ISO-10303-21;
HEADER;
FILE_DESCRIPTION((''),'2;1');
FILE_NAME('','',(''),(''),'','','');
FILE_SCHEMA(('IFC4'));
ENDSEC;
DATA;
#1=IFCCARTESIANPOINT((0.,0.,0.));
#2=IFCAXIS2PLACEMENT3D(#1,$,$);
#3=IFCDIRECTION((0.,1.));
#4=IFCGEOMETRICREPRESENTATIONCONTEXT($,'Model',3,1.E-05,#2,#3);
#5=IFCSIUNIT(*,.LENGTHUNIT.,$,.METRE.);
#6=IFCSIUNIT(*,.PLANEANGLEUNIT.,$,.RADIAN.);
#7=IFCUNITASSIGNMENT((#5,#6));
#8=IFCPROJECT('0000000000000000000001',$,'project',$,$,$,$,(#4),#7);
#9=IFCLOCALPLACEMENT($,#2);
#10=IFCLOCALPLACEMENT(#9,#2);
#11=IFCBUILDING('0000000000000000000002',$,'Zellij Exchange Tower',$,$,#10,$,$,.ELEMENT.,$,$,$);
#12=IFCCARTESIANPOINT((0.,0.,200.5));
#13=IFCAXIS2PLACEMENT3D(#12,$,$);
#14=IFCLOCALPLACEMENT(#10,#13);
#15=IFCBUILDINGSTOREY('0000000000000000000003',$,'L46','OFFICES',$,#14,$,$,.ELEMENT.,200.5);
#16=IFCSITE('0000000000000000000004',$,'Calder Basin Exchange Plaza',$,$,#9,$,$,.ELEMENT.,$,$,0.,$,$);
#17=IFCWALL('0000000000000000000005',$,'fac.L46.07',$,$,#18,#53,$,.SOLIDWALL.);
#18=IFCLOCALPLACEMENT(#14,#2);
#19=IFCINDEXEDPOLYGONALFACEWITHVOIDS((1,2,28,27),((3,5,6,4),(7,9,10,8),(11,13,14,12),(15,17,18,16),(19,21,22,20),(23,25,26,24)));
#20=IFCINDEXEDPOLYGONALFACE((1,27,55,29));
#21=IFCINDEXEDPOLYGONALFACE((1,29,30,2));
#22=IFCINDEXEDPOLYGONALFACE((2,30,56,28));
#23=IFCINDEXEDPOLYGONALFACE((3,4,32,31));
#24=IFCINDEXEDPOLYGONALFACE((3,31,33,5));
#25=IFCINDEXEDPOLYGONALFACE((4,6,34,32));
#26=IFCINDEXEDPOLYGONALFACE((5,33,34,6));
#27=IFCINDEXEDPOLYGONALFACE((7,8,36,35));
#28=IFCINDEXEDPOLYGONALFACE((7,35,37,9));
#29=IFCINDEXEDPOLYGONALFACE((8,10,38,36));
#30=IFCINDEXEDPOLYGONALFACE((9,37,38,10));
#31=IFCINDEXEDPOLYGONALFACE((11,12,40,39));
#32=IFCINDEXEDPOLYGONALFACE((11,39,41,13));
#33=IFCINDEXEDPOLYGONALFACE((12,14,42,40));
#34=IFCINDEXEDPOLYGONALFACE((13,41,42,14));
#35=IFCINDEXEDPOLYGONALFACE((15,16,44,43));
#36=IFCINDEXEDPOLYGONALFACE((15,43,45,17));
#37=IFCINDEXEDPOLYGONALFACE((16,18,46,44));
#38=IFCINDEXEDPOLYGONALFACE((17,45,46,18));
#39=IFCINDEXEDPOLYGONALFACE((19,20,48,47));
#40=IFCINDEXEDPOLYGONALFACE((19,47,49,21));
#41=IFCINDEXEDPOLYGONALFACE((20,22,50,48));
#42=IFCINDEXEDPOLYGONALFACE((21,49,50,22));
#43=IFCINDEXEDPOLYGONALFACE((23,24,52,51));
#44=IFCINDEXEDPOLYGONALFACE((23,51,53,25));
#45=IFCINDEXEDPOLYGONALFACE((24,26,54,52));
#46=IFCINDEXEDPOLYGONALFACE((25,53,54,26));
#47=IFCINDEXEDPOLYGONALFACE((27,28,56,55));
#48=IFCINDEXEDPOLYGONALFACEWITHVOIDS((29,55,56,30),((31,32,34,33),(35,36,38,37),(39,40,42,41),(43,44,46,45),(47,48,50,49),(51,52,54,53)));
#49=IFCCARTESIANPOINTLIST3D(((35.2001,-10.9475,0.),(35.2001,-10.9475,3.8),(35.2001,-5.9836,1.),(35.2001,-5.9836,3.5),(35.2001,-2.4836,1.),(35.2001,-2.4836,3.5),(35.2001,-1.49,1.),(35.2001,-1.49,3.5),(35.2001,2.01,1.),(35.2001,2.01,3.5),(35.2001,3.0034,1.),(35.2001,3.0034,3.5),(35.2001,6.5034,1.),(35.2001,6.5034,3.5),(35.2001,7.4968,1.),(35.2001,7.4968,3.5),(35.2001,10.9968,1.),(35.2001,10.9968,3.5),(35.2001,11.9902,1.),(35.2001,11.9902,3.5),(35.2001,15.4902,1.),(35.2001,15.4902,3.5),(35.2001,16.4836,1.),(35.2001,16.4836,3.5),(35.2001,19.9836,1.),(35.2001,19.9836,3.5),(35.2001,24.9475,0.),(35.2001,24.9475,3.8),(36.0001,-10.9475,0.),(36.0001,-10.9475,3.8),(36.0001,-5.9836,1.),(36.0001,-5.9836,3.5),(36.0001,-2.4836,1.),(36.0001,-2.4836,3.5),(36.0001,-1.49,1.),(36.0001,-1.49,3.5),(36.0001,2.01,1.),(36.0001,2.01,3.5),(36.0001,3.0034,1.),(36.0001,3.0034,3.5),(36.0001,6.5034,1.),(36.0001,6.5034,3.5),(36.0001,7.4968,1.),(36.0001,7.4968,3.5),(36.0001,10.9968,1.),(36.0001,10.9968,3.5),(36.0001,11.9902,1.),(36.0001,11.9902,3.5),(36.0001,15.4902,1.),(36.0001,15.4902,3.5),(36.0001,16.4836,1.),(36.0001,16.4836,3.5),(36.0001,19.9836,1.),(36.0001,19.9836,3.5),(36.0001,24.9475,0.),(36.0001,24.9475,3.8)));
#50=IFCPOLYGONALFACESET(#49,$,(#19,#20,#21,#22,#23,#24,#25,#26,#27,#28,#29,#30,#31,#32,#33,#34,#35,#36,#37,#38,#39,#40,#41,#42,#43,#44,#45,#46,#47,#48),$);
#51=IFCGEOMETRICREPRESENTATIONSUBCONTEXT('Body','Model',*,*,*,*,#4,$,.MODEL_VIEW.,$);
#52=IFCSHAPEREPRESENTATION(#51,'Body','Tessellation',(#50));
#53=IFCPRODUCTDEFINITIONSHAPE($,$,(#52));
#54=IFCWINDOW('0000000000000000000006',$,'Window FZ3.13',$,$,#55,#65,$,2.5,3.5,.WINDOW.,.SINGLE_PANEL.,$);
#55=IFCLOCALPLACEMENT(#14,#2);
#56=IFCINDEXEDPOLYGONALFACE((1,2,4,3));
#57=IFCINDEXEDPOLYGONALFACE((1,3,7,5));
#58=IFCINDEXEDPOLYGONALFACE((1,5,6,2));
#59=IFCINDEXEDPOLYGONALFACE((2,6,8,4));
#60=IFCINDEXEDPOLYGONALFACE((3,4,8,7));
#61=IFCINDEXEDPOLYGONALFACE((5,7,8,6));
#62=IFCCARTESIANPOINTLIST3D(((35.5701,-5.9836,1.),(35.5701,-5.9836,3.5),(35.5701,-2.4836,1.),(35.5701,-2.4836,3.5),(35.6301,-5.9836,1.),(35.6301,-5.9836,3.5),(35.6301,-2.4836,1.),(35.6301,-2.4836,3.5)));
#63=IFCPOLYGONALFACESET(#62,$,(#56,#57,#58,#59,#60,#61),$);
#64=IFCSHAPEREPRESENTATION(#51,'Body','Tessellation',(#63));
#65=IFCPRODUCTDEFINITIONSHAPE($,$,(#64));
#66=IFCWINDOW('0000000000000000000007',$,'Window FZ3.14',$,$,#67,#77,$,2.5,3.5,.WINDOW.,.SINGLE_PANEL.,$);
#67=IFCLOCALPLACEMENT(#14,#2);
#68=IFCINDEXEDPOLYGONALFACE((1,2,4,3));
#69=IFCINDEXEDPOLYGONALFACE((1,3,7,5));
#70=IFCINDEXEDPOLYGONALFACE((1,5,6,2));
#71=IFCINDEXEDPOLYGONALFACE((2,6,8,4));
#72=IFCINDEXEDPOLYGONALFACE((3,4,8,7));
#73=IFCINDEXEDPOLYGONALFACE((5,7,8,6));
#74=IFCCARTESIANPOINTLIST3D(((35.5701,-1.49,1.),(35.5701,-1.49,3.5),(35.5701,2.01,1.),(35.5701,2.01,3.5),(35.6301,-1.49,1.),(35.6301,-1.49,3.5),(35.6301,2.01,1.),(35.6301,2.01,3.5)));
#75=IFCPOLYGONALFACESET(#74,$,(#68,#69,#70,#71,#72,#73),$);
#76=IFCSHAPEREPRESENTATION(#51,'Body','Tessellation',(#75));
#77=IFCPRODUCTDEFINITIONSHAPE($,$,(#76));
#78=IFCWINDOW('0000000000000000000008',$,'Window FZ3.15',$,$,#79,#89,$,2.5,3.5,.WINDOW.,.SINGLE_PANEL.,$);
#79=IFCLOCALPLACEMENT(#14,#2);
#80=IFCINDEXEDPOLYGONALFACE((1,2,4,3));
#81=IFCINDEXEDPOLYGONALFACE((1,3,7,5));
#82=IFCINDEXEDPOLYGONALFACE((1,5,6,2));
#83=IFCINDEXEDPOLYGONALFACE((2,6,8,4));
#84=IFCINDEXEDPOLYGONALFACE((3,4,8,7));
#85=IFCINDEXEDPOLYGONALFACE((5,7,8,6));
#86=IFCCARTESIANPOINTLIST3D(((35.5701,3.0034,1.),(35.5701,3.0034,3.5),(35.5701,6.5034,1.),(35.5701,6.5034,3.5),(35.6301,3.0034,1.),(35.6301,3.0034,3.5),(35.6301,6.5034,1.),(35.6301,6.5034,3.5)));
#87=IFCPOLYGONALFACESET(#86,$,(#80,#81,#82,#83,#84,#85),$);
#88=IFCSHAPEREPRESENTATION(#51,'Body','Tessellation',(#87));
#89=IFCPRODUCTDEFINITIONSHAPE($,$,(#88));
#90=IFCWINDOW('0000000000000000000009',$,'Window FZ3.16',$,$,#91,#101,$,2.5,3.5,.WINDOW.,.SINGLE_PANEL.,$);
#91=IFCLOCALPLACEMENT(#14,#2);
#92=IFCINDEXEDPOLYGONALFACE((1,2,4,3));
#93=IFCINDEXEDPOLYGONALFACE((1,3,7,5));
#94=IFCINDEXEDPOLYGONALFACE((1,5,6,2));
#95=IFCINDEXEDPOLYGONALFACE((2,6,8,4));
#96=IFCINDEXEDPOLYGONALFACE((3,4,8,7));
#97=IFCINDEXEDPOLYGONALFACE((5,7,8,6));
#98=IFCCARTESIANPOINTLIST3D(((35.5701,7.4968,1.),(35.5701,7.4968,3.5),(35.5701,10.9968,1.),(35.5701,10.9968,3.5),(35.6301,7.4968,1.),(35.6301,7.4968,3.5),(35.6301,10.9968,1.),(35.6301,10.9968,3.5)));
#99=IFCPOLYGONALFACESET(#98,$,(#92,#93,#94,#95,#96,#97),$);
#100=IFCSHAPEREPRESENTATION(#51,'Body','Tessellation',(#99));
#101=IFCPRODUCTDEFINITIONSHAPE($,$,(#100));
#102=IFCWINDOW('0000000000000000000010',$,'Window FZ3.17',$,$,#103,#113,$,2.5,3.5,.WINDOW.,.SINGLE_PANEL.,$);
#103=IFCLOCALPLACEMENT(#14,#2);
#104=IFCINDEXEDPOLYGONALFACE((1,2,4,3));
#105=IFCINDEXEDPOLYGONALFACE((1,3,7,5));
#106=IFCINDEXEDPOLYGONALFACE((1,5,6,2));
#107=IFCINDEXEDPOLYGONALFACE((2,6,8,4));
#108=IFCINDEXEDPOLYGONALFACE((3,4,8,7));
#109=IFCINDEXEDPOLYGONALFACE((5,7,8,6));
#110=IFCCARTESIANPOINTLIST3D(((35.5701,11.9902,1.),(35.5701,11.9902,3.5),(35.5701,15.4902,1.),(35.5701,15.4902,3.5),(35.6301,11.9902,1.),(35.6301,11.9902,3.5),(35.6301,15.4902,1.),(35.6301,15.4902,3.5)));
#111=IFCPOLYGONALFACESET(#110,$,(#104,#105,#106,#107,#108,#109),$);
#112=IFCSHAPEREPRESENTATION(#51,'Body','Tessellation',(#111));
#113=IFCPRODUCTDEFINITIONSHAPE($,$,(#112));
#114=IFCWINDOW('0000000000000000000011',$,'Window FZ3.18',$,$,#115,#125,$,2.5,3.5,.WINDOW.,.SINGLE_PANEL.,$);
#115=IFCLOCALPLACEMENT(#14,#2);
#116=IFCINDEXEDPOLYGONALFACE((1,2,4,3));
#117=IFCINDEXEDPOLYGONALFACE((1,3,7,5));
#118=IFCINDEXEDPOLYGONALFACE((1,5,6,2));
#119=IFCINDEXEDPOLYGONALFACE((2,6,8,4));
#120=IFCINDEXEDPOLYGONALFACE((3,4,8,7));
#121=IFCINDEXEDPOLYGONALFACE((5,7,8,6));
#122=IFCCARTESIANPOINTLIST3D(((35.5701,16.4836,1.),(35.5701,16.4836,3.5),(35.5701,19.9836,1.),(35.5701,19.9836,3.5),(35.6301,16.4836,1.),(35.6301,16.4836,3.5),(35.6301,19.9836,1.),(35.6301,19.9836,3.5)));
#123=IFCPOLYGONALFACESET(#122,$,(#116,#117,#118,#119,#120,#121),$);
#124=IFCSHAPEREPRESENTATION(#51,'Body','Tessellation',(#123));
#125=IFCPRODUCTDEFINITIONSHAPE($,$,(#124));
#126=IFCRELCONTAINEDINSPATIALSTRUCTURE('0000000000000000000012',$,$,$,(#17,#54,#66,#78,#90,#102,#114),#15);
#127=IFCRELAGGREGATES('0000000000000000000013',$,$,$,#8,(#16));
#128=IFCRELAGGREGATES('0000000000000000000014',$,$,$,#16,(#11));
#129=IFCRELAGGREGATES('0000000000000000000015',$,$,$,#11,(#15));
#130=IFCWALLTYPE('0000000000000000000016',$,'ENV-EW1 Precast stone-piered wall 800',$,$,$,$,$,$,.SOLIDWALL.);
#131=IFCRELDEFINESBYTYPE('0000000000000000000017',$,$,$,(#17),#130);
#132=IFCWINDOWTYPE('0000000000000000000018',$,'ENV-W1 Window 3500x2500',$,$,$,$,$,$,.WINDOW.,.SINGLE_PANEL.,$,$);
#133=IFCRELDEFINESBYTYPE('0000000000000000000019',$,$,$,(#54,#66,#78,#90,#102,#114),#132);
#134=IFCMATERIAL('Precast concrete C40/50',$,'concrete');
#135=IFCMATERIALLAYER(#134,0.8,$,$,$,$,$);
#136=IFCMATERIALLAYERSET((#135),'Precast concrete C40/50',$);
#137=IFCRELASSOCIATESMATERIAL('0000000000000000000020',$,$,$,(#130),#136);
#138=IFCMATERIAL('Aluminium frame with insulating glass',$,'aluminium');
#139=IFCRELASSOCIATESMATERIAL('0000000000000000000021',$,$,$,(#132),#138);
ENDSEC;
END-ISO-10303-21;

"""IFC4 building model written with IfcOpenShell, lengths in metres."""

from ifc_helpers import new_model, si_unit, direction, frame, frame_2d, origin, place, context, subcontext, project, spatial, rectangle, extrude, material, layer, layer_set, type_object, element, fill, save


model = new_model("IFC4")

# Units and contexts
model_context = context("Model", 3, precision=1e-05, world=origin(), true_north=direction((0.0, 1.0)))
body_context = subcontext(model_context, "Body", "Model", "MODEL_VIEW")
ifc_project = project(units=[si_unit("LENGTHUNIT", "METRE"), si_unit("PLANEANGLEUNIT", "RADIAN")], contexts=[model_context])

# Site, building, storey
site_placement = place(None, origin())
site = spatial("IfcSite", under=ifc_project, at=site_placement, Name="Calder Basin Exchange Plaza", CompositionType="ELEMENT", RefElevation=0.0)
building_placement = place(site_placement, origin())
building = spatial("IfcBuilding", under=site, at=building_placement, Name="Zellij Exchange Tower", CompositionType="ELEMENT")
storey_placement = place(building_placement, frame((0.0, 0.0, 200.5)))
storey = spatial("IfcBuildingStorey", under=building, at=storey_placement, Name="L46", Description="OFFICES", CompositionType="ELEMENT", Elevation=200.5)

# Shared definitions
ifc_material_1 = material(Name="Precast concrete C40/50", Category="concrete")
ifc_layer_1 = layer(ifc_material_1, 0.8)
ifc_layer_set_1 = layer_set([ifc_layer_1], Name="Precast concrete C40/50")
wall_type_1 = type_object("IfcWallType", Name="ENV-EW1 Precast stone-piered wall 800", PredefinedType="SOLIDWALL", material=ifc_layer_set_1)

# Wall, openings, windows
wall_1_placement = place(storey_placement, frame((35.6001, -10.9475, 0.0), z_axis=(0.0, 0.0, 1.0), x_axis=(0.0, 1.0, 0.0)))
wall_1 = element("IfcWall", 1, at=wall_1_placement, inside=storey, type_object=wall_type_1, Name="fac.L46.07", PredefinedType="SOLIDWALL", context=body_context, shape_type="SweptSolid", body=[
    extrude(rectangle(XDim=35.895, YDim=0.8, at=frame_2d((17.9475, 0.0))), origin(), (0.0, 0.0, 1.0), 3.8),
])
opening_1_placement = place(wall_1_placement, frame((4.9639, 0.0, 1.0)))
opening_1 = element("IfcOpeningElement", 2, at=opening_1_placement, cuts=wall_1, PredefinedType="OPENING", context=body_context, shape_type="SweptSolid", body=[
    extrude(rectangle(XDim=3.5, YDim=2.5, at=frame_2d((1.75, 1.25))), frame((0.0, 0.4121, 0.0), z_axis=(0.0, -1.0, 0.0), x_axis=(1.0, 0.0, 0.0)), (0.0, 0.0, 1.0), 0.824),
])
opening_2_placement = place(wall_1_placement, frame((9.4575, 0.0, 1.0)))
opening_2 = element("IfcOpeningElement", 3, at=opening_2_placement, cuts=wall_1, PredefinedType="OPENING", context=body_context, shape_type="SweptSolid", body=[
    extrude(rectangle(XDim=3.5, YDim=2.5, at=frame_2d((1.75, 1.25))), frame((0.0, 0.4121, 0.0), z_axis=(0.0, -1.0, 0.0), x_axis=(1.0, 0.0, 0.0)), (0.0, 0.0, 1.0), 0.824),
])
opening_3_placement = place(wall_1_placement, frame((13.9509, 0.0, 1.0)))
opening_3 = element("IfcOpeningElement", 4, at=opening_3_placement, cuts=wall_1, PredefinedType="OPENING", context=body_context, shape_type="SweptSolid", body=[
    extrude(rectangle(XDim=3.5, YDim=2.5, at=frame_2d((1.75, 1.25))), frame((0.0, 0.4121, 0.0), z_axis=(0.0, -1.0, 0.0), x_axis=(1.0, 0.0, 0.0)), (0.0, 0.0, 1.0), 0.824),
])
opening_4_placement = place(wall_1_placement, frame((18.4443, 0.0, 1.0)))
opening_4 = element("IfcOpeningElement", 5, at=opening_4_placement, cuts=wall_1, PredefinedType="OPENING", context=body_context, shape_type="SweptSolid", body=[
    extrude(rectangle(XDim=3.5, YDim=2.5, at=frame_2d((1.75, 1.25))), frame((0.0, 0.4121, 0.0), z_axis=(0.0, -1.0, 0.0), x_axis=(1.0, 0.0, 0.0)), (0.0, 0.0, 1.0), 0.824),
])
opening_5_placement = place(wall_1_placement, frame((22.9377, 0.0, 1.0)))
opening_5 = element("IfcOpeningElement", 6, at=opening_5_placement, cuts=wall_1, PredefinedType="OPENING", context=body_context, shape_type="SweptSolid", body=[
    extrude(rectangle(XDim=3.5, YDim=2.5, at=frame_2d((1.75, 1.25))), frame((0.0, 0.4121, 0.0), z_axis=(0.0, -1.0, 0.0), x_axis=(1.0, 0.0, 0.0)), (0.0, 0.0, 1.0), 0.824),
])
opening_6_placement = place(wall_1_placement, frame((27.4312, 0.0, 1.0)))
opening_6 = element("IfcOpeningElement", 7, at=opening_6_placement, cuts=wall_1, PredefinedType="OPENING", context=body_context, shape_type="SweptSolid", body=[
    extrude(rectangle(XDim=3.5, YDim=2.5, at=frame_2d((1.75, 1.25))), frame((0.0, 0.4121, 0.0), z_axis=(0.0, -1.0, 0.0), x_axis=(1.0, 0.0, 0.0)), (0.0, 0.0, 1.0), 0.824),
])
ifc_material_2 = material(Name="Aluminium frame with insulating glass", Category="aluminium")
window_type = type_object("IfcWindowType", Name="ENV-W1 Window 3500x2500", PartitioningType="SINGLE_PANEL", PredefinedType="WINDOW", material=ifc_material_2)
window_1_placement = place(opening_1_placement, origin())
window_1 = element("IfcWindow", 8, at=window_1_placement, inside=storey, type_object=window_type, Name="Window FZ3.13", OverallHeight=2.5, OverallWidth=3.5, PartitioningType="SINGLE_PANEL", PredefinedType="WINDOW", context=body_context, shape_type="SweptSolid", body=[
    extrude(rectangle(XDim=3.5, YDim=2.5, at=frame_2d((1.75, 1.25))), frame((0.0, 0.03, 0.0), z_axis=(0.0, -1.0, 0.0), x_axis=(1.0, 0.0, 0.0)), (0.0, 0.0, 1.0), 0.0601),
])
fill(opening_1, window_1)
window_2_placement = place(opening_2_placement, origin())
window_2 = element("IfcWindow", 9, at=window_2_placement, inside=storey, type_object=window_type, Name="Window FZ3.14", OverallHeight=2.5, OverallWidth=3.5, PartitioningType="SINGLE_PANEL", PredefinedType="WINDOW", context=body_context, shape_type="SweptSolid", body=[
    extrude(rectangle(XDim=3.5, YDim=2.5, at=frame_2d((1.75, 1.25))), frame((0.0, 0.03, 0.0), z_axis=(0.0, -1.0, 0.0), x_axis=(1.0, 0.0, 0.0)), (0.0, 0.0, 1.0), 0.0601),
])
fill(opening_2, window_2)
window_3_placement = place(opening_3_placement, origin())
window_3 = element("IfcWindow", 10, at=window_3_placement, inside=storey, type_object=window_type, Name="Window FZ3.15", OverallHeight=2.5, OverallWidth=3.5, PartitioningType="SINGLE_PANEL", PredefinedType="WINDOW", context=body_context, shape_type="SweptSolid", body=[
    extrude(rectangle(XDim=3.5, YDim=2.5, at=frame_2d((1.75, 1.25))), frame((0.0, 0.03, 0.0), z_axis=(0.0, -1.0, 0.0), x_axis=(1.0, 0.0, 0.0)), (0.0, 0.0, 1.0), 0.0601),
])
fill(opening_3, window_3)
window_4_placement = place(opening_4_placement, origin())
window_4 = element("IfcWindow", 11, at=window_4_placement, inside=storey, type_object=window_type, Name="Window FZ3.16", OverallHeight=2.5, OverallWidth=3.5, PartitioningType="SINGLE_PANEL", PredefinedType="WINDOW", context=body_context, shape_type="SweptSolid", body=[
    extrude(rectangle(XDim=3.5, YDim=2.5, at=frame_2d((1.75, 1.25))), frame((0.0, 0.03, 0.0), z_axis=(0.0, -1.0, 0.0), x_axis=(1.0, 0.0, 0.0)), (0.0, 0.0, 1.0), 0.0601),
])
fill(opening_4, window_4)
window_5_placement = place(opening_5_placement, origin())
window_5 = element("IfcWindow", 12, at=window_5_placement, inside=storey, type_object=window_type, Name="Window FZ3.17", OverallHeight=2.5, OverallWidth=3.5, PartitioningType="SINGLE_PANEL", PredefinedType="WINDOW", context=body_context, shape_type="SweptSolid", body=[
    extrude(rectangle(XDim=3.5, YDim=2.5, at=frame_2d((1.75, 1.25))), frame((0.0, 0.03, 0.0), z_axis=(0.0, -1.0, 0.0), x_axis=(1.0, 0.0, 0.0)), (0.0, 0.0, 1.0), 0.0601),
])
fill(opening_5, window_5)
window_6_placement = place(opening_6_placement, origin())
window_6 = element("IfcWindow", 13, at=window_6_placement, inside=storey, type_object=window_type, Name="Window FZ3.18", OverallHeight=2.5, OverallWidth=3.5, PartitioningType="SINGLE_PANEL", PredefinedType="WINDOW", context=body_context, shape_type="SweptSolid", body=[
    extrude(rectangle(XDim=3.5, YDim=2.5, at=frame_2d((1.75, 1.25))), frame((0.0, 0.03, 0.0), z_axis=(0.0, -1.0, 0.0), x_axis=(1.0, 0.0, 0.0)), (0.0, 0.0, 1.0), 0.0601),
])
fill(opening_6, window_6)

save(model, "model.ifc")
